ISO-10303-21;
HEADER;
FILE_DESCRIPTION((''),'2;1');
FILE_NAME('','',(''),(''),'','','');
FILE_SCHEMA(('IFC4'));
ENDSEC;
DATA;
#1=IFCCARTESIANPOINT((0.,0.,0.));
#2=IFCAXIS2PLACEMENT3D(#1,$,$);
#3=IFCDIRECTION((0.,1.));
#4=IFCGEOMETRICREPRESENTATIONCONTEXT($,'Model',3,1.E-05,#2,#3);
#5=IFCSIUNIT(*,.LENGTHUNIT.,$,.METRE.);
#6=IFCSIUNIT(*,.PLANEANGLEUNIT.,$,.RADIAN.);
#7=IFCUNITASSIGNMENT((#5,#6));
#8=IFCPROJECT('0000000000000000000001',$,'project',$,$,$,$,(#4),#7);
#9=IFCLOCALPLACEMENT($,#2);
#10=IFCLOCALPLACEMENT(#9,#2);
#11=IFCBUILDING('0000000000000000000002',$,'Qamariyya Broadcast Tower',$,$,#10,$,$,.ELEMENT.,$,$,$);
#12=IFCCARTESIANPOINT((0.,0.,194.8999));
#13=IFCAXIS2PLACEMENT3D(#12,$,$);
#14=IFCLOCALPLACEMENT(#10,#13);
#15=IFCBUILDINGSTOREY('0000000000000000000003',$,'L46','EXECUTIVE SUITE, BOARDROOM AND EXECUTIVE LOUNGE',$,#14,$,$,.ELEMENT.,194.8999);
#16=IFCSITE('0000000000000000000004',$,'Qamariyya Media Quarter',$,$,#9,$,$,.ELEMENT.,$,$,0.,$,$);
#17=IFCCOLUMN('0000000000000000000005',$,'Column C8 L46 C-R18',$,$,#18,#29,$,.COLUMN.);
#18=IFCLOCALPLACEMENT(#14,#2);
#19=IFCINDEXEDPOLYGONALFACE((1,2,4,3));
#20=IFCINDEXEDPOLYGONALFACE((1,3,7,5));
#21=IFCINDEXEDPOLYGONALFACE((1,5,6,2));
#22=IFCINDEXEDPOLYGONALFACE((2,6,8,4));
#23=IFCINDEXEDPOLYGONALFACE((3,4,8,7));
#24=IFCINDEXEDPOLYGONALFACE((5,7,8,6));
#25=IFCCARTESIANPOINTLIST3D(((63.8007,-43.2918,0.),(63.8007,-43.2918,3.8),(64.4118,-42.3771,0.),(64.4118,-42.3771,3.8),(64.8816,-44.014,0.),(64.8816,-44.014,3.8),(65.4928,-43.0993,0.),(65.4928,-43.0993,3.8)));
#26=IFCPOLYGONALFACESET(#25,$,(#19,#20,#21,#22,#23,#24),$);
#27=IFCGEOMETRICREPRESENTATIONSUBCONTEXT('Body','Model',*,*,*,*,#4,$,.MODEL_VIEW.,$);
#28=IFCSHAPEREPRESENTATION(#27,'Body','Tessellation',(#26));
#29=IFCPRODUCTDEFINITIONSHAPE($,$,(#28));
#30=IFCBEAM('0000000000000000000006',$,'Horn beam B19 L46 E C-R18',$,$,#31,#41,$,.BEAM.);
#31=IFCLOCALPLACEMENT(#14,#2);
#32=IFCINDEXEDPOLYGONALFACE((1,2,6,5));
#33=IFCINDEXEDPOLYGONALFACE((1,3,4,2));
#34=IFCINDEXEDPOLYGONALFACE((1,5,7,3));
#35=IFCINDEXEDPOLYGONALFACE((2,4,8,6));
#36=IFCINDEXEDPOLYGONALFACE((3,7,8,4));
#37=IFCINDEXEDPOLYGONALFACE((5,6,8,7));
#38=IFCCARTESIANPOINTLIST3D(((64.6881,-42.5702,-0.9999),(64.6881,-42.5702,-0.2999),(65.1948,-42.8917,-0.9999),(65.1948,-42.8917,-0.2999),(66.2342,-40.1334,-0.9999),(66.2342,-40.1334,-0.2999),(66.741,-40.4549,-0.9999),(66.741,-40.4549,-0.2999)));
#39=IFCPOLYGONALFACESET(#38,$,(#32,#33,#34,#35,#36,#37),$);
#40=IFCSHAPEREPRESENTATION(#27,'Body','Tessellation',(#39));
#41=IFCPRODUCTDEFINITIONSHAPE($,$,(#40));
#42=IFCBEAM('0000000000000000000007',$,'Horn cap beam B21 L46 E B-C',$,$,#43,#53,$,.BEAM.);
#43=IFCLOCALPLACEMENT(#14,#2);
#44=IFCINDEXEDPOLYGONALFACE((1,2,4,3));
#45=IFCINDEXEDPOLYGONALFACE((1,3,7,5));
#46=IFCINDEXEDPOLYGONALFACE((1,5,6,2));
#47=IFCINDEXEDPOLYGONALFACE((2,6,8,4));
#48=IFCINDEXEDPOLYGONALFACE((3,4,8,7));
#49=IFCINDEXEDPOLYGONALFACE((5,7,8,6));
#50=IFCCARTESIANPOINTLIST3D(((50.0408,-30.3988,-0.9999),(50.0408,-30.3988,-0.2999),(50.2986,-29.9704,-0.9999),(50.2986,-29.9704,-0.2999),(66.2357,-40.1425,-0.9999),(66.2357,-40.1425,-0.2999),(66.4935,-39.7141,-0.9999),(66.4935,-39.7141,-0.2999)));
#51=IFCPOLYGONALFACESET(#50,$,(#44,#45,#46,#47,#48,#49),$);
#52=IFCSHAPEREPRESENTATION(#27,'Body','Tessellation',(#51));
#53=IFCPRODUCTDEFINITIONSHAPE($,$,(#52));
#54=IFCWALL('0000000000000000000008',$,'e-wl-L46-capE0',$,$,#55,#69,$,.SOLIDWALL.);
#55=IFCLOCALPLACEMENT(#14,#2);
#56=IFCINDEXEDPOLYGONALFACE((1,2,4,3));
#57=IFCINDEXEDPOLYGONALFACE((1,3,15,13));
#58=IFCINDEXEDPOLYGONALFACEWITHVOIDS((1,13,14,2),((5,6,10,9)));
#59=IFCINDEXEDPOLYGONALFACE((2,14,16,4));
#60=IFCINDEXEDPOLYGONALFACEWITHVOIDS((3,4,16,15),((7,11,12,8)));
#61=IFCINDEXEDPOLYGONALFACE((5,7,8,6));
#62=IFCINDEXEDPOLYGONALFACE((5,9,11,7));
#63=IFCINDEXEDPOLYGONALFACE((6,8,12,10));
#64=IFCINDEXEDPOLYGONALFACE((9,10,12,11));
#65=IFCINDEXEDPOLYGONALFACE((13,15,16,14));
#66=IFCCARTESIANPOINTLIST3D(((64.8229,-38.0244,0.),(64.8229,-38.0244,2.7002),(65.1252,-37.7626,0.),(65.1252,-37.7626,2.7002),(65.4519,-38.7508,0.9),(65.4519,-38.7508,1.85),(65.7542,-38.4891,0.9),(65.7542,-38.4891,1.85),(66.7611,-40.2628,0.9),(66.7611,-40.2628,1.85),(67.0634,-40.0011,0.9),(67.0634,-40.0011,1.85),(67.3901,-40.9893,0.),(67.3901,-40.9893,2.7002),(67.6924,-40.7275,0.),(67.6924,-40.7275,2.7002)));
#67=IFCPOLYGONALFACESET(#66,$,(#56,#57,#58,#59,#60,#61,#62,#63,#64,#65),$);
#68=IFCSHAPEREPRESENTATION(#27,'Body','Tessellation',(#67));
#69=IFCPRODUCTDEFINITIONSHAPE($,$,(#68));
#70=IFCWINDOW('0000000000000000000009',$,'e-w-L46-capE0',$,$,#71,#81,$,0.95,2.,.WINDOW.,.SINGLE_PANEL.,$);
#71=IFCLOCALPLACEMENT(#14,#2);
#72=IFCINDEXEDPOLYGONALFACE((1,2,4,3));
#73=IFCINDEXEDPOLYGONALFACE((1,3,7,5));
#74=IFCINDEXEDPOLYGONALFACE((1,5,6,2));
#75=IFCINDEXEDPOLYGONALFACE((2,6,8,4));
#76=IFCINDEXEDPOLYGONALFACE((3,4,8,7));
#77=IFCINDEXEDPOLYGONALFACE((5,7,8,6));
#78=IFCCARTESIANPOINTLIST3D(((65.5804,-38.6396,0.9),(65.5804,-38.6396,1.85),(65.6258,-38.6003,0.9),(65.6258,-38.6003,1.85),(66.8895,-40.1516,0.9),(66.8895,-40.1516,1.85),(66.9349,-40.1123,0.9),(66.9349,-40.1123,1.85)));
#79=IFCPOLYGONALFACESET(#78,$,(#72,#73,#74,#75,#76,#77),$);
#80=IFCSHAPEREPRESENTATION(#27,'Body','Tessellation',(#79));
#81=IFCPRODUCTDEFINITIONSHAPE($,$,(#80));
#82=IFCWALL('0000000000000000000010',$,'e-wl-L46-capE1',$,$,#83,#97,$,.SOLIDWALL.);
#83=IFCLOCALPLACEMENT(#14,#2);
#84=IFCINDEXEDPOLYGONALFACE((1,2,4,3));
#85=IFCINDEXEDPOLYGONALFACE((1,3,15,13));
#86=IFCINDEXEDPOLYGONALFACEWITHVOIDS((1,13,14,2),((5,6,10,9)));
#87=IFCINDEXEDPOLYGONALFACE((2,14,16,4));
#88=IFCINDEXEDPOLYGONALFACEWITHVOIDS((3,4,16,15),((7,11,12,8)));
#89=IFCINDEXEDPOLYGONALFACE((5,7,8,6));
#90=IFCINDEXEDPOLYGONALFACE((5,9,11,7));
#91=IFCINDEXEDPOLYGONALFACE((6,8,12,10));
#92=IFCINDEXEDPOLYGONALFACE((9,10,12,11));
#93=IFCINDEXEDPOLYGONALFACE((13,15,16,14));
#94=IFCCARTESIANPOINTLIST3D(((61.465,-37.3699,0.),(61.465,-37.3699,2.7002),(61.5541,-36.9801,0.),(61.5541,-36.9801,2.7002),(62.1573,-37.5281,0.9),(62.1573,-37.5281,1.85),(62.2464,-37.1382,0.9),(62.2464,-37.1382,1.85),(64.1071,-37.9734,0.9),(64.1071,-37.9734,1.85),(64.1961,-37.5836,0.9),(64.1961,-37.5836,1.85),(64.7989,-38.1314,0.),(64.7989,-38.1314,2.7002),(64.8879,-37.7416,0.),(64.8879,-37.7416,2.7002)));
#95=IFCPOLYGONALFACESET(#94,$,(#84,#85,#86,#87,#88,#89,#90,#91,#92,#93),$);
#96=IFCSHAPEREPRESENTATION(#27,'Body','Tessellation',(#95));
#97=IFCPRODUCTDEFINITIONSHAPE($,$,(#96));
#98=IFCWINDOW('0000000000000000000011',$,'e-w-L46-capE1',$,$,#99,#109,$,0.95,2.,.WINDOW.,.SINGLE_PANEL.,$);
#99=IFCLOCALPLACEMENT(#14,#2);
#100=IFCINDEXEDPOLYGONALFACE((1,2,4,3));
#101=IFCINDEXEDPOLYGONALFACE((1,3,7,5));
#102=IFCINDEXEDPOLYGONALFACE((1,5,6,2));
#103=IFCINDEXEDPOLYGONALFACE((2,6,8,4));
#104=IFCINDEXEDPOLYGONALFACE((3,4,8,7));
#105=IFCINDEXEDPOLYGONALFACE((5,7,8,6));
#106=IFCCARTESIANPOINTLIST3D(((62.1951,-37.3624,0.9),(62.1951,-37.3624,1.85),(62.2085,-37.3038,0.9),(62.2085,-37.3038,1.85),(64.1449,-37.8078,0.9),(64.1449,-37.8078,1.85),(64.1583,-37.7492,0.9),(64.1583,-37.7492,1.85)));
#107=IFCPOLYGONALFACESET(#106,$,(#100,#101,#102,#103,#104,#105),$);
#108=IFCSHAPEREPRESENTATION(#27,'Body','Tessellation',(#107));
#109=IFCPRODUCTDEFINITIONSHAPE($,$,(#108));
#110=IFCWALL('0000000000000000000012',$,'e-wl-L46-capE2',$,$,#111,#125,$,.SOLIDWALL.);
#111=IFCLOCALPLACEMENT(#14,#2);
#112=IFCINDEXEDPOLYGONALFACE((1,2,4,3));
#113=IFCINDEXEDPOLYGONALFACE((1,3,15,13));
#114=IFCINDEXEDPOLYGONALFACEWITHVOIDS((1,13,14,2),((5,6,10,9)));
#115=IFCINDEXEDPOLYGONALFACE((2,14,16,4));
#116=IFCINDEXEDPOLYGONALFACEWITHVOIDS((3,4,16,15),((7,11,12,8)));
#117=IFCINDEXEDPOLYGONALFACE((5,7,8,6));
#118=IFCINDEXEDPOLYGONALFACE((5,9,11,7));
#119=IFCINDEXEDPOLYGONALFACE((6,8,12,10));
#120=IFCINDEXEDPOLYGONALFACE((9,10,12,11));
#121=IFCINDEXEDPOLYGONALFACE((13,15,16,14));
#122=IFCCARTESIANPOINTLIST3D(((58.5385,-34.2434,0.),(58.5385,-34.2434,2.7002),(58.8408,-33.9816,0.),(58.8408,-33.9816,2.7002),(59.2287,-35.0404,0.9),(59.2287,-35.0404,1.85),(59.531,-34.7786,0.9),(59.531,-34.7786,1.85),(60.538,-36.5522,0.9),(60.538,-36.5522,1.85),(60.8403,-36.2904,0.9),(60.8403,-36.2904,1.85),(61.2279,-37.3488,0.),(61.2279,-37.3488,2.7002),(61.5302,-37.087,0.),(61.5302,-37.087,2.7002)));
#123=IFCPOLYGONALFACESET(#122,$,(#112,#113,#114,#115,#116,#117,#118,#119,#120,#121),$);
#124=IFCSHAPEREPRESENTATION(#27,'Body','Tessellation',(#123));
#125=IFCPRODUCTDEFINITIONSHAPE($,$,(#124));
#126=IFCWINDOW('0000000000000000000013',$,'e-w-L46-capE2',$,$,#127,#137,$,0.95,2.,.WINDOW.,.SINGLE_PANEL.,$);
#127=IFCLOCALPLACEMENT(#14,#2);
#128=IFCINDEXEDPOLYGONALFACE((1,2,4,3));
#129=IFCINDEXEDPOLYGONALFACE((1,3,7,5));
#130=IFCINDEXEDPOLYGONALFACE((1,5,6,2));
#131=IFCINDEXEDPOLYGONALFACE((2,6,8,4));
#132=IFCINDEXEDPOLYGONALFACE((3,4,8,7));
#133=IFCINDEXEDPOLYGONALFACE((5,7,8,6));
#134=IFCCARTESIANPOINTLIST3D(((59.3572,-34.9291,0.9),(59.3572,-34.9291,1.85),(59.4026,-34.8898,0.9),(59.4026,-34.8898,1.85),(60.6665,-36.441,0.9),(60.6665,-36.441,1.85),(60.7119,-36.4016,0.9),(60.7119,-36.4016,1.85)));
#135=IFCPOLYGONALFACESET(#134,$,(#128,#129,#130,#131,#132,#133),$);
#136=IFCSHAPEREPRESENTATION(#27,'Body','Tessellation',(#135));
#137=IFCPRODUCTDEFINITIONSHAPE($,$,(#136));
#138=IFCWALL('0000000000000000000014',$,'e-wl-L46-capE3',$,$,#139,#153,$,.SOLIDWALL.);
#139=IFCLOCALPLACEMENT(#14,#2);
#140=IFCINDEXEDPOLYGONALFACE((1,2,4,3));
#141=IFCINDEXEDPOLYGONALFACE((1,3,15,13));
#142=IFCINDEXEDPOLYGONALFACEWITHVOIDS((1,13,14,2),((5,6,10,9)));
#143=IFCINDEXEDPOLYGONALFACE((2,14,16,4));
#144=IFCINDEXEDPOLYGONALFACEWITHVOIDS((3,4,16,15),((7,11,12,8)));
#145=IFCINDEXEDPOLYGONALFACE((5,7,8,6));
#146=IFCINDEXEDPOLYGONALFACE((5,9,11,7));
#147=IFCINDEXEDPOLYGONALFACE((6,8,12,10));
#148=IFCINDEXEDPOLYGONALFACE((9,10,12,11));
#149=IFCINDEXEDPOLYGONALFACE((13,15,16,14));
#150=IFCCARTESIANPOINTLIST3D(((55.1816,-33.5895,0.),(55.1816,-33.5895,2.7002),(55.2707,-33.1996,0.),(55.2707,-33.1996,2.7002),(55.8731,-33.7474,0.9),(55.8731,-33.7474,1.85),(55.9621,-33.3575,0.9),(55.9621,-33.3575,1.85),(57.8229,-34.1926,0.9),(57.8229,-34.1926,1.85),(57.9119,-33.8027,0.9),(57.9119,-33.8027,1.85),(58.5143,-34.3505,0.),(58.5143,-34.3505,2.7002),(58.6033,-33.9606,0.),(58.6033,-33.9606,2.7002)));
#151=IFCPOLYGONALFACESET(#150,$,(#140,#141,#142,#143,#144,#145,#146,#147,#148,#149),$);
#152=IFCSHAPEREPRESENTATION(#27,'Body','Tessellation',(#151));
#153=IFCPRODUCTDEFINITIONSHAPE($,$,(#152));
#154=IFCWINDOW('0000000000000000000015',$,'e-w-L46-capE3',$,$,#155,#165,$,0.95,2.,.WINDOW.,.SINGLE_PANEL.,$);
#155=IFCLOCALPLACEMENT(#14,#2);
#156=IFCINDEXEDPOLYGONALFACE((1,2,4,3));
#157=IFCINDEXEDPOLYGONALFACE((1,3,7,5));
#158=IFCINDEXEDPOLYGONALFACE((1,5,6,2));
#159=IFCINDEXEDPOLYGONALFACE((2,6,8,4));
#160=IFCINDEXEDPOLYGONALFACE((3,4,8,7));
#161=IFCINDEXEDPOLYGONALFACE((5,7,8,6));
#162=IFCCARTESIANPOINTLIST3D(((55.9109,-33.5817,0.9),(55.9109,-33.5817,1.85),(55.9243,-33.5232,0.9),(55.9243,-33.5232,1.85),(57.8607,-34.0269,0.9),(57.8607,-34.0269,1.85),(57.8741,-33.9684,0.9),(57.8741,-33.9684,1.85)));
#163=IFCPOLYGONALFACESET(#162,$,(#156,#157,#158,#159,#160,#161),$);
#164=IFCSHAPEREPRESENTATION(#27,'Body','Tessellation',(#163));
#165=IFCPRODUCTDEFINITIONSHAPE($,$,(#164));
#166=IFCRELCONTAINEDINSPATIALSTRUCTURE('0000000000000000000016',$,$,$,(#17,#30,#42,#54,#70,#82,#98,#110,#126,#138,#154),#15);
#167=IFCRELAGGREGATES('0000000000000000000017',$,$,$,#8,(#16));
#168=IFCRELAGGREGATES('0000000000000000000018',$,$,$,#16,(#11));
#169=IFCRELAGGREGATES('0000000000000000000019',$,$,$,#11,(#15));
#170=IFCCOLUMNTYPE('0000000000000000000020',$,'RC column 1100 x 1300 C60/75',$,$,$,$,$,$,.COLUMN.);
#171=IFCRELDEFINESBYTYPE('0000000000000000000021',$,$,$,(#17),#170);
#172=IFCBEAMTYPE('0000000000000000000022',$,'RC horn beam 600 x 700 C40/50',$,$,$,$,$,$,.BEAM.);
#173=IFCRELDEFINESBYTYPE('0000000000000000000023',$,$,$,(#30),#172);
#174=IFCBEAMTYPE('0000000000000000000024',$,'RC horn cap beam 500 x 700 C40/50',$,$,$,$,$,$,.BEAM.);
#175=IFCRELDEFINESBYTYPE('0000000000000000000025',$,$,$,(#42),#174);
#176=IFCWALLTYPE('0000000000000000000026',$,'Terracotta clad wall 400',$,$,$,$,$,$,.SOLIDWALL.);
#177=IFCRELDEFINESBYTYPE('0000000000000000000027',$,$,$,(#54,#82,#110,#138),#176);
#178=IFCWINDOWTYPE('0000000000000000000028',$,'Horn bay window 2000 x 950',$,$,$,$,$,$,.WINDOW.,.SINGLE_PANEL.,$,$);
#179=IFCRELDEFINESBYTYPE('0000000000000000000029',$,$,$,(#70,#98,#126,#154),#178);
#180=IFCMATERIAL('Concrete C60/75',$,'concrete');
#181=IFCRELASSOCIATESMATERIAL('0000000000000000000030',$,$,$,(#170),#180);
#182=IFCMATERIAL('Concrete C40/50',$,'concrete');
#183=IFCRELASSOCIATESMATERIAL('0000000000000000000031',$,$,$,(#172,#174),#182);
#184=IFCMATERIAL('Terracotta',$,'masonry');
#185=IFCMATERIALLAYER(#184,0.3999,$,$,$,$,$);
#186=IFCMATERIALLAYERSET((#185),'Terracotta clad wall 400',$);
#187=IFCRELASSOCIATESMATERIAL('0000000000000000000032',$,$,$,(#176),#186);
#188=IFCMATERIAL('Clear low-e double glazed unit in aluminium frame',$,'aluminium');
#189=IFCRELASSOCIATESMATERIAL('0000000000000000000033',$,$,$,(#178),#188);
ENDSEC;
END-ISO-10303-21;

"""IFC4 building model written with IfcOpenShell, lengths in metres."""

from ifc_helpers import new_model, si_unit, direction, frame, frame_2d, origin, origin_2d, place, context, subcontext, project, spatial, rectangle, extrude, material, layer, layer_set, material_profile, profile_set, type_object, element, fill, save


model = new_model("IFC4")

# Units and contexts
model_context = context("Model", 3, precision=1e-05, world=origin(), true_north=direction((0.0, 1.0)))
body_context = subcontext(model_context, "Body", "Model", "MODEL_VIEW")
ifc_project = project(units=[si_unit("LENGTHUNIT", "METRE"), si_unit("PLANEANGLEUNIT", "RADIAN")], contexts=[model_context])

# Site, building, storey
site_placement = place(None, origin())
site = spatial("IfcSite", under=ifc_project, at=site_placement, Name="Qamariyya Media Quarter", CompositionType="ELEMENT", RefElevation=0.0)
building_placement = place(site_placement, origin())
building = spatial("IfcBuilding", under=site, at=building_placement, Name="Qamariyya Broadcast Tower", CompositionType="ELEMENT")
storey_placement = place(building_placement, frame((0.0, 0.0, 194.8999)))
storey = spatial("IfcBuildingStorey", under=building, at=storey_placement, Name="L46", Description="EXECUTIVE SUITE, BOARDROOM AND EXECUTIVE LOUNGE", CompositionType="ELEMENT", Elevation=194.8999)

# Column
ifc_material_1 = material(Name="Concrete C60/75", Category="concrete")
ifc_material_profile_1 = material_profile(ifc_material_1, rectangle(XDim=1.1001, YDim=1.3, at=origin_2d()))
ifc_profile_set_1 = profile_set([ifc_material_profile_1], Name="Concrete C60/75")
column_type = type_object("IfcColumnType", Name="RC column 1100 x 1300 C60/75", PredefinedType="COLUMN", material=ifc_profile_set_1)
column_placement = place(storey_placement, frame((64.6467, -43.1956, 0.0), z_axis=(0.0, 0.0, 1.0), x_axis=(0.55557, 0.83147, 0.0)))
element("IfcColumn", 1, at=column_placement, inside=storey, type_object=column_type, Name="Column C8 L46 C-R18", PredefinedType="COLUMN", context=body_context, shape_type="SweptSolid", body=[
    extrude(rectangle(XDim=1.1001, YDim=1.3, at=origin_2d()), origin(), (0.0, 0.0, 1.0), 3.8),
])

# Beams
ifc_material_2 = material(Name="Concrete C40/50", Category="concrete")
ifc_material_profile_2 = material_profile(ifc_material_2, rectangle(XDim=0.6001, YDim=0.7, at=origin_2d()))
ifc_profile_set_2 = profile_set([ifc_material_profile_2], Name="Concrete C40/50")
beam_type_1 = type_object("IfcBeamType", Name="RC horn beam 600 x 700 C40/50", PredefinedType="BEAM", material=ifc_profile_set_2)
beam_1_placement = place(storey_placement, frame((64.9414, -42.731, -0.6499), z_axis=(0.535758, 0.844371, 0.0), x_axis=(-0.844371, 0.535758, 0.0)))
element("IfcBeam", 2, at=beam_1_placement, inside=storey, type_object=beam_type_1, Name="Horn beam B19 L46 E C-R18", PredefinedType="BEAM", context=body_context, shape_type="SweptSolid", body=[
    extrude(rectangle(XDim=0.6001, YDim=0.7, at=origin_2d()), origin(), (0.0, 0.0, 1.0), 2.886),
])
ifc_material_profile_3 = material_profile(ifc_material_2, rectangle(XDim=0.5, YDim=0.7, at=origin_2d()))
ifc_profile_set_3 = profile_set([ifc_material_profile_3], Name="Concrete C40/50")
beam_type_2 = type_object("IfcBeamType", Name="RC horn cap beam 500 x 700 C40/50", PredefinedType="BEAM", material=ifc_profile_set_3)
beam_2_placement = place(storey_placement, frame((50.1697, -30.1846, -0.6499), z_axis=(0.856868, -0.515536, 0.0), x_axis=(0.515536, 0.856868, 0.0)))
element("IfcBeam", 3, at=beam_2_placement, inside=storey, type_object=beam_type_2, Name="Horn cap beam B21 L46 E B-C", PredefinedType="BEAM", context=body_context, shape_type="SweptSolid", body=[
    extrude(rectangle(XDim=0.5, YDim=0.7, at=origin_2d()), origin(), (0.0, 0.0, 1.0), 18.9001),
])

# Walls, openings, windows
ifc_material_3 = material(Name="Terracotta", Category="masonry")
ifc_layer = layer(ifc_material_3, 0.3999)
ifc_layer_set = layer_set([ifc_layer], Name="Terracotta clad wall 400")
wall_type = type_object("IfcWallType", Name="Terracotta clad wall 400", PredefinedType="SOLIDWALL", material=ifc_layer_set)
wall_1_placement = place(storey_placement, frame((67.5413, -40.8584, 0.0), z_axis=(0.0, 0.0, 1.0), x_axis=(-0.654582, 0.755991, 0.0)))
wall_1 = element("IfcWall", 4, at=wall_1_placement, inside=storey, type_object=wall_type, Name="e-wl-L46-capE0", PredefinedType="SOLIDWALL", context=body_context, shape_type="SweptSolid", body=[
    extrude(rectangle(XDim=3.9219, YDim=0.3999, at=frame_2d((1.9609, 0.0))), origin(), (0.0, 0.0, 1.0), 2.7002),
])
opening_1_placement = place(wall_1_placement, frame((0.9609, 0.0, 0.8999)))
opening_1 = element("IfcOpeningElement", 5, at=opening_1_placement, cuts=wall_1, PredefinedType="OPENING", context=body_context, shape_type="SweptSolid", body=[
    extrude(rectangle(XDim=2.0, YDim=0.95, at=frame_2d((1.0, 0.4751))), frame((0.0, 0.21, 0.0), z_axis=(0.0, -1.0, 0.0), x_axis=(1.0, 0.0, 0.0)), (0.0, 0.0, 1.0), 0.4199),
])
ifc_material_4 = material(Name="Clear low-e double glazed unit in aluminium frame", Category="aluminium")
window_type = type_object("IfcWindowType", Name="Horn bay window 2000 x 950", PartitioningType="SINGLE_PANEL", PredefinedType="WINDOW", material=ifc_material_4)
window_1_placement = place(opening_1_placement, origin())
window_1 = element("IfcWindow", 6, at=window_1_placement, inside=storey, type_object=window_type, Name="e-w-L46-capE0", OverallHeight=0.95, OverallWidth=2.0, PartitioningType="SINGLE_PANEL", PredefinedType="WINDOW", context=body_context, shape_type="SweptSolid", body=[
    extrude(rectangle(XDim=2.0, YDim=0.95, at=frame_2d((1.0, 0.4751))), frame((0.0, 0.03, 0.0), z_axis=(0.0, -1.0, 0.0), x_axis=(1.0, 0.0, 0.0)), (0.0, 0.0, 1.0), 0.0601),
])
fill(opening_1, window_1)
wall_2_placement = place(storey_placement, frame((64.8435, -37.9365, 0.0), z_axis=(0.0, 0.0, 1.0), x_axis=(-0.974892, 0.222679, 0.0)))
wall_2 = element("IfcWall", 7, at=wall_2_placement, inside=storey, type_object=wall_type, Name="e-wl-L46-capE1", PredefinedType="SOLIDWALL", context=body_context, shape_type="SweptSolid", body=[
    extrude(rectangle(XDim=3.4197, YDim=0.3999, at=frame_2d((1.71, 0.0))), origin(), (0.0, 0.0, 1.0), 2.7002),
])
opening_2_placement = place(wall_2_placement, frame((0.7097, 0.0, 0.8999)))
opening_2 = element("IfcOpeningElement", 8, at=opening_2_placement, cuts=wall_2, PredefinedType="OPENING", context=body_context, shape_type="SweptSolid", body=[
    extrude(rectangle(XDim=2.0, YDim=0.95, at=frame_2d((1.0, 0.4751))), frame((0.0, 0.21, 0.0), z_axis=(0.0, -1.0, 0.0), x_axis=(1.0, 0.0, 0.0)), (0.0, 0.0, 1.0), 0.4199),
])
window_2_placement = place(opening_2_placement, origin())
window_2 = element("IfcWindow", 9, at=window_2_placement, inside=storey, type_object=window_type, Name="e-w-L46-capE1", OverallHeight=0.95, OverallWidth=2.0, PartitioningType="SINGLE_PANEL", PredefinedType="WINDOW", context=body_context, shape_type="SweptSolid", body=[
    extrude(rectangle(XDim=2.0, YDim=0.95, at=frame_2d((1.0, 0.4751))), frame((0.0, 0.03, 0.0), z_axis=(0.0, -1.0, 0.0), x_axis=(1.0, 0.0, 0.0)), (0.0, 0.0, 1.0), 0.0601),
])
fill(opening_2, window_2)
wall_3_placement = place(storey_placement, frame((61.3792, -37.218, 0.0), z_axis=(0.0, 0.0, 1.0), x_axis=(-0.654659, 0.755924, 0.0)))
wall_3 = element("IfcWall", 10, at=wall_3_placement, inside=storey, type_object=wall_type, Name="e-wl-L46-capE2", PredefinedType="SOLIDWALL", context=body_context, shape_type="SweptSolid", body=[
    extrude(rectangle(XDim=4.1082, YDim=0.3999, at=frame_2d((2.0542, 0.0))), origin(), (0.0, 0.0, 1.0), 2.7002),
])
opening_3_placement = place(wall_3_placement, frame((1.054, 0.0, 0.8999)))
opening_3 = element("IfcOpeningElement", 11, at=opening_3_placement, cuts=wall_3, PredefinedType="OPENING", context=body_context, shape_type="SweptSolid", body=[
    extrude(rectangle(XDim=2.0, YDim=0.95, at=frame_2d((1.0, 0.4751))), frame((0.0, 0.21, 0.0), z_axis=(0.0, -1.0, 0.0), x_axis=(1.0, 0.0, 0.0)), (0.0, 0.0, 1.0), 0.4199),
])
window_3_placement = place(opening_3_placement, origin())
window_3 = element("IfcWindow", 12, at=window_3_placement, inside=storey, type_object=window_type, Name="e-w-L46-capE2", OverallHeight=0.95, OverallWidth=2.0, PartitioningType="SINGLE_PANEL", PredefinedType="WINDOW", context=body_context, shape_type="SweptSolid", body=[
    extrude(rectangle(XDim=2.0, YDim=0.95, at=frame_2d((1.0, 0.4751))), frame((0.0, 0.03, 0.0), z_axis=(0.0, -1.0, 0.0), x_axis=(1.0, 0.0, 0.0)), (0.0, 0.0, 1.0), 0.0601),
])
fill(opening_3, window_3)
wall_4_placement = place(storey_placement, frame((58.5588, -34.1555, 0.0), z_axis=(0.0, 0.0, 1.0), x_axis=(-0.974909, 0.222606, 0.0)))
wall_4 = element("IfcWall", 13, at=wall_4_placement, inside=storey, type_object=wall_type, Name="e-wl-L46-capE3", PredefinedType="SOLIDWALL", context=body_context, shape_type="SweptSolid", body=[
    extrude(rectangle(XDim=3.4185, YDim=0.3999, at=frame_2d((1.7092, 0.0))), origin(), (0.0, 0.0, 1.0), 2.7002),
])
opening_4_placement = place(wall_4_placement, frame((0.7092, 0.0, 0.8999)))
opening_4 = element("IfcOpeningElement", 14, at=opening_4_placement, cuts=wall_4, PredefinedType="OPENING", context=body_context, shape_type="SweptSolid", body=[
    extrude(rectangle(XDim=2.0, YDim=0.95, at=frame_2d((1.0, 0.4751))), frame((0.0, 0.21, 0.0), z_axis=(0.0, -1.0, 0.0), x_axis=(1.0, 0.0, 0.0)), (0.0, 0.0, 1.0), 0.4199),
])
window_4_placement = place(opening_4_placement, origin())
window_4 = element("IfcWindow", 15, at=window_4_placement, inside=storey, type_object=window_type, Name="e-w-L46-capE3", OverallHeight=0.95, OverallWidth=2.0, PartitioningType="SINGLE_PANEL", PredefinedType="WINDOW", context=body_context, shape_type="SweptSolid", body=[
    extrude(rectangle(XDim=2.0, YDim=0.95, at=frame_2d((1.0, 0.4751))), frame((0.0, 0.03, 0.0), z_axis=(0.0, -1.0, 0.0), x_axis=(1.0, 0.0, 0.0)), (0.0, 0.0, 1.0), 0.0601),
])
fill(opening_4, window_4)

save(model, "model.ifc")
